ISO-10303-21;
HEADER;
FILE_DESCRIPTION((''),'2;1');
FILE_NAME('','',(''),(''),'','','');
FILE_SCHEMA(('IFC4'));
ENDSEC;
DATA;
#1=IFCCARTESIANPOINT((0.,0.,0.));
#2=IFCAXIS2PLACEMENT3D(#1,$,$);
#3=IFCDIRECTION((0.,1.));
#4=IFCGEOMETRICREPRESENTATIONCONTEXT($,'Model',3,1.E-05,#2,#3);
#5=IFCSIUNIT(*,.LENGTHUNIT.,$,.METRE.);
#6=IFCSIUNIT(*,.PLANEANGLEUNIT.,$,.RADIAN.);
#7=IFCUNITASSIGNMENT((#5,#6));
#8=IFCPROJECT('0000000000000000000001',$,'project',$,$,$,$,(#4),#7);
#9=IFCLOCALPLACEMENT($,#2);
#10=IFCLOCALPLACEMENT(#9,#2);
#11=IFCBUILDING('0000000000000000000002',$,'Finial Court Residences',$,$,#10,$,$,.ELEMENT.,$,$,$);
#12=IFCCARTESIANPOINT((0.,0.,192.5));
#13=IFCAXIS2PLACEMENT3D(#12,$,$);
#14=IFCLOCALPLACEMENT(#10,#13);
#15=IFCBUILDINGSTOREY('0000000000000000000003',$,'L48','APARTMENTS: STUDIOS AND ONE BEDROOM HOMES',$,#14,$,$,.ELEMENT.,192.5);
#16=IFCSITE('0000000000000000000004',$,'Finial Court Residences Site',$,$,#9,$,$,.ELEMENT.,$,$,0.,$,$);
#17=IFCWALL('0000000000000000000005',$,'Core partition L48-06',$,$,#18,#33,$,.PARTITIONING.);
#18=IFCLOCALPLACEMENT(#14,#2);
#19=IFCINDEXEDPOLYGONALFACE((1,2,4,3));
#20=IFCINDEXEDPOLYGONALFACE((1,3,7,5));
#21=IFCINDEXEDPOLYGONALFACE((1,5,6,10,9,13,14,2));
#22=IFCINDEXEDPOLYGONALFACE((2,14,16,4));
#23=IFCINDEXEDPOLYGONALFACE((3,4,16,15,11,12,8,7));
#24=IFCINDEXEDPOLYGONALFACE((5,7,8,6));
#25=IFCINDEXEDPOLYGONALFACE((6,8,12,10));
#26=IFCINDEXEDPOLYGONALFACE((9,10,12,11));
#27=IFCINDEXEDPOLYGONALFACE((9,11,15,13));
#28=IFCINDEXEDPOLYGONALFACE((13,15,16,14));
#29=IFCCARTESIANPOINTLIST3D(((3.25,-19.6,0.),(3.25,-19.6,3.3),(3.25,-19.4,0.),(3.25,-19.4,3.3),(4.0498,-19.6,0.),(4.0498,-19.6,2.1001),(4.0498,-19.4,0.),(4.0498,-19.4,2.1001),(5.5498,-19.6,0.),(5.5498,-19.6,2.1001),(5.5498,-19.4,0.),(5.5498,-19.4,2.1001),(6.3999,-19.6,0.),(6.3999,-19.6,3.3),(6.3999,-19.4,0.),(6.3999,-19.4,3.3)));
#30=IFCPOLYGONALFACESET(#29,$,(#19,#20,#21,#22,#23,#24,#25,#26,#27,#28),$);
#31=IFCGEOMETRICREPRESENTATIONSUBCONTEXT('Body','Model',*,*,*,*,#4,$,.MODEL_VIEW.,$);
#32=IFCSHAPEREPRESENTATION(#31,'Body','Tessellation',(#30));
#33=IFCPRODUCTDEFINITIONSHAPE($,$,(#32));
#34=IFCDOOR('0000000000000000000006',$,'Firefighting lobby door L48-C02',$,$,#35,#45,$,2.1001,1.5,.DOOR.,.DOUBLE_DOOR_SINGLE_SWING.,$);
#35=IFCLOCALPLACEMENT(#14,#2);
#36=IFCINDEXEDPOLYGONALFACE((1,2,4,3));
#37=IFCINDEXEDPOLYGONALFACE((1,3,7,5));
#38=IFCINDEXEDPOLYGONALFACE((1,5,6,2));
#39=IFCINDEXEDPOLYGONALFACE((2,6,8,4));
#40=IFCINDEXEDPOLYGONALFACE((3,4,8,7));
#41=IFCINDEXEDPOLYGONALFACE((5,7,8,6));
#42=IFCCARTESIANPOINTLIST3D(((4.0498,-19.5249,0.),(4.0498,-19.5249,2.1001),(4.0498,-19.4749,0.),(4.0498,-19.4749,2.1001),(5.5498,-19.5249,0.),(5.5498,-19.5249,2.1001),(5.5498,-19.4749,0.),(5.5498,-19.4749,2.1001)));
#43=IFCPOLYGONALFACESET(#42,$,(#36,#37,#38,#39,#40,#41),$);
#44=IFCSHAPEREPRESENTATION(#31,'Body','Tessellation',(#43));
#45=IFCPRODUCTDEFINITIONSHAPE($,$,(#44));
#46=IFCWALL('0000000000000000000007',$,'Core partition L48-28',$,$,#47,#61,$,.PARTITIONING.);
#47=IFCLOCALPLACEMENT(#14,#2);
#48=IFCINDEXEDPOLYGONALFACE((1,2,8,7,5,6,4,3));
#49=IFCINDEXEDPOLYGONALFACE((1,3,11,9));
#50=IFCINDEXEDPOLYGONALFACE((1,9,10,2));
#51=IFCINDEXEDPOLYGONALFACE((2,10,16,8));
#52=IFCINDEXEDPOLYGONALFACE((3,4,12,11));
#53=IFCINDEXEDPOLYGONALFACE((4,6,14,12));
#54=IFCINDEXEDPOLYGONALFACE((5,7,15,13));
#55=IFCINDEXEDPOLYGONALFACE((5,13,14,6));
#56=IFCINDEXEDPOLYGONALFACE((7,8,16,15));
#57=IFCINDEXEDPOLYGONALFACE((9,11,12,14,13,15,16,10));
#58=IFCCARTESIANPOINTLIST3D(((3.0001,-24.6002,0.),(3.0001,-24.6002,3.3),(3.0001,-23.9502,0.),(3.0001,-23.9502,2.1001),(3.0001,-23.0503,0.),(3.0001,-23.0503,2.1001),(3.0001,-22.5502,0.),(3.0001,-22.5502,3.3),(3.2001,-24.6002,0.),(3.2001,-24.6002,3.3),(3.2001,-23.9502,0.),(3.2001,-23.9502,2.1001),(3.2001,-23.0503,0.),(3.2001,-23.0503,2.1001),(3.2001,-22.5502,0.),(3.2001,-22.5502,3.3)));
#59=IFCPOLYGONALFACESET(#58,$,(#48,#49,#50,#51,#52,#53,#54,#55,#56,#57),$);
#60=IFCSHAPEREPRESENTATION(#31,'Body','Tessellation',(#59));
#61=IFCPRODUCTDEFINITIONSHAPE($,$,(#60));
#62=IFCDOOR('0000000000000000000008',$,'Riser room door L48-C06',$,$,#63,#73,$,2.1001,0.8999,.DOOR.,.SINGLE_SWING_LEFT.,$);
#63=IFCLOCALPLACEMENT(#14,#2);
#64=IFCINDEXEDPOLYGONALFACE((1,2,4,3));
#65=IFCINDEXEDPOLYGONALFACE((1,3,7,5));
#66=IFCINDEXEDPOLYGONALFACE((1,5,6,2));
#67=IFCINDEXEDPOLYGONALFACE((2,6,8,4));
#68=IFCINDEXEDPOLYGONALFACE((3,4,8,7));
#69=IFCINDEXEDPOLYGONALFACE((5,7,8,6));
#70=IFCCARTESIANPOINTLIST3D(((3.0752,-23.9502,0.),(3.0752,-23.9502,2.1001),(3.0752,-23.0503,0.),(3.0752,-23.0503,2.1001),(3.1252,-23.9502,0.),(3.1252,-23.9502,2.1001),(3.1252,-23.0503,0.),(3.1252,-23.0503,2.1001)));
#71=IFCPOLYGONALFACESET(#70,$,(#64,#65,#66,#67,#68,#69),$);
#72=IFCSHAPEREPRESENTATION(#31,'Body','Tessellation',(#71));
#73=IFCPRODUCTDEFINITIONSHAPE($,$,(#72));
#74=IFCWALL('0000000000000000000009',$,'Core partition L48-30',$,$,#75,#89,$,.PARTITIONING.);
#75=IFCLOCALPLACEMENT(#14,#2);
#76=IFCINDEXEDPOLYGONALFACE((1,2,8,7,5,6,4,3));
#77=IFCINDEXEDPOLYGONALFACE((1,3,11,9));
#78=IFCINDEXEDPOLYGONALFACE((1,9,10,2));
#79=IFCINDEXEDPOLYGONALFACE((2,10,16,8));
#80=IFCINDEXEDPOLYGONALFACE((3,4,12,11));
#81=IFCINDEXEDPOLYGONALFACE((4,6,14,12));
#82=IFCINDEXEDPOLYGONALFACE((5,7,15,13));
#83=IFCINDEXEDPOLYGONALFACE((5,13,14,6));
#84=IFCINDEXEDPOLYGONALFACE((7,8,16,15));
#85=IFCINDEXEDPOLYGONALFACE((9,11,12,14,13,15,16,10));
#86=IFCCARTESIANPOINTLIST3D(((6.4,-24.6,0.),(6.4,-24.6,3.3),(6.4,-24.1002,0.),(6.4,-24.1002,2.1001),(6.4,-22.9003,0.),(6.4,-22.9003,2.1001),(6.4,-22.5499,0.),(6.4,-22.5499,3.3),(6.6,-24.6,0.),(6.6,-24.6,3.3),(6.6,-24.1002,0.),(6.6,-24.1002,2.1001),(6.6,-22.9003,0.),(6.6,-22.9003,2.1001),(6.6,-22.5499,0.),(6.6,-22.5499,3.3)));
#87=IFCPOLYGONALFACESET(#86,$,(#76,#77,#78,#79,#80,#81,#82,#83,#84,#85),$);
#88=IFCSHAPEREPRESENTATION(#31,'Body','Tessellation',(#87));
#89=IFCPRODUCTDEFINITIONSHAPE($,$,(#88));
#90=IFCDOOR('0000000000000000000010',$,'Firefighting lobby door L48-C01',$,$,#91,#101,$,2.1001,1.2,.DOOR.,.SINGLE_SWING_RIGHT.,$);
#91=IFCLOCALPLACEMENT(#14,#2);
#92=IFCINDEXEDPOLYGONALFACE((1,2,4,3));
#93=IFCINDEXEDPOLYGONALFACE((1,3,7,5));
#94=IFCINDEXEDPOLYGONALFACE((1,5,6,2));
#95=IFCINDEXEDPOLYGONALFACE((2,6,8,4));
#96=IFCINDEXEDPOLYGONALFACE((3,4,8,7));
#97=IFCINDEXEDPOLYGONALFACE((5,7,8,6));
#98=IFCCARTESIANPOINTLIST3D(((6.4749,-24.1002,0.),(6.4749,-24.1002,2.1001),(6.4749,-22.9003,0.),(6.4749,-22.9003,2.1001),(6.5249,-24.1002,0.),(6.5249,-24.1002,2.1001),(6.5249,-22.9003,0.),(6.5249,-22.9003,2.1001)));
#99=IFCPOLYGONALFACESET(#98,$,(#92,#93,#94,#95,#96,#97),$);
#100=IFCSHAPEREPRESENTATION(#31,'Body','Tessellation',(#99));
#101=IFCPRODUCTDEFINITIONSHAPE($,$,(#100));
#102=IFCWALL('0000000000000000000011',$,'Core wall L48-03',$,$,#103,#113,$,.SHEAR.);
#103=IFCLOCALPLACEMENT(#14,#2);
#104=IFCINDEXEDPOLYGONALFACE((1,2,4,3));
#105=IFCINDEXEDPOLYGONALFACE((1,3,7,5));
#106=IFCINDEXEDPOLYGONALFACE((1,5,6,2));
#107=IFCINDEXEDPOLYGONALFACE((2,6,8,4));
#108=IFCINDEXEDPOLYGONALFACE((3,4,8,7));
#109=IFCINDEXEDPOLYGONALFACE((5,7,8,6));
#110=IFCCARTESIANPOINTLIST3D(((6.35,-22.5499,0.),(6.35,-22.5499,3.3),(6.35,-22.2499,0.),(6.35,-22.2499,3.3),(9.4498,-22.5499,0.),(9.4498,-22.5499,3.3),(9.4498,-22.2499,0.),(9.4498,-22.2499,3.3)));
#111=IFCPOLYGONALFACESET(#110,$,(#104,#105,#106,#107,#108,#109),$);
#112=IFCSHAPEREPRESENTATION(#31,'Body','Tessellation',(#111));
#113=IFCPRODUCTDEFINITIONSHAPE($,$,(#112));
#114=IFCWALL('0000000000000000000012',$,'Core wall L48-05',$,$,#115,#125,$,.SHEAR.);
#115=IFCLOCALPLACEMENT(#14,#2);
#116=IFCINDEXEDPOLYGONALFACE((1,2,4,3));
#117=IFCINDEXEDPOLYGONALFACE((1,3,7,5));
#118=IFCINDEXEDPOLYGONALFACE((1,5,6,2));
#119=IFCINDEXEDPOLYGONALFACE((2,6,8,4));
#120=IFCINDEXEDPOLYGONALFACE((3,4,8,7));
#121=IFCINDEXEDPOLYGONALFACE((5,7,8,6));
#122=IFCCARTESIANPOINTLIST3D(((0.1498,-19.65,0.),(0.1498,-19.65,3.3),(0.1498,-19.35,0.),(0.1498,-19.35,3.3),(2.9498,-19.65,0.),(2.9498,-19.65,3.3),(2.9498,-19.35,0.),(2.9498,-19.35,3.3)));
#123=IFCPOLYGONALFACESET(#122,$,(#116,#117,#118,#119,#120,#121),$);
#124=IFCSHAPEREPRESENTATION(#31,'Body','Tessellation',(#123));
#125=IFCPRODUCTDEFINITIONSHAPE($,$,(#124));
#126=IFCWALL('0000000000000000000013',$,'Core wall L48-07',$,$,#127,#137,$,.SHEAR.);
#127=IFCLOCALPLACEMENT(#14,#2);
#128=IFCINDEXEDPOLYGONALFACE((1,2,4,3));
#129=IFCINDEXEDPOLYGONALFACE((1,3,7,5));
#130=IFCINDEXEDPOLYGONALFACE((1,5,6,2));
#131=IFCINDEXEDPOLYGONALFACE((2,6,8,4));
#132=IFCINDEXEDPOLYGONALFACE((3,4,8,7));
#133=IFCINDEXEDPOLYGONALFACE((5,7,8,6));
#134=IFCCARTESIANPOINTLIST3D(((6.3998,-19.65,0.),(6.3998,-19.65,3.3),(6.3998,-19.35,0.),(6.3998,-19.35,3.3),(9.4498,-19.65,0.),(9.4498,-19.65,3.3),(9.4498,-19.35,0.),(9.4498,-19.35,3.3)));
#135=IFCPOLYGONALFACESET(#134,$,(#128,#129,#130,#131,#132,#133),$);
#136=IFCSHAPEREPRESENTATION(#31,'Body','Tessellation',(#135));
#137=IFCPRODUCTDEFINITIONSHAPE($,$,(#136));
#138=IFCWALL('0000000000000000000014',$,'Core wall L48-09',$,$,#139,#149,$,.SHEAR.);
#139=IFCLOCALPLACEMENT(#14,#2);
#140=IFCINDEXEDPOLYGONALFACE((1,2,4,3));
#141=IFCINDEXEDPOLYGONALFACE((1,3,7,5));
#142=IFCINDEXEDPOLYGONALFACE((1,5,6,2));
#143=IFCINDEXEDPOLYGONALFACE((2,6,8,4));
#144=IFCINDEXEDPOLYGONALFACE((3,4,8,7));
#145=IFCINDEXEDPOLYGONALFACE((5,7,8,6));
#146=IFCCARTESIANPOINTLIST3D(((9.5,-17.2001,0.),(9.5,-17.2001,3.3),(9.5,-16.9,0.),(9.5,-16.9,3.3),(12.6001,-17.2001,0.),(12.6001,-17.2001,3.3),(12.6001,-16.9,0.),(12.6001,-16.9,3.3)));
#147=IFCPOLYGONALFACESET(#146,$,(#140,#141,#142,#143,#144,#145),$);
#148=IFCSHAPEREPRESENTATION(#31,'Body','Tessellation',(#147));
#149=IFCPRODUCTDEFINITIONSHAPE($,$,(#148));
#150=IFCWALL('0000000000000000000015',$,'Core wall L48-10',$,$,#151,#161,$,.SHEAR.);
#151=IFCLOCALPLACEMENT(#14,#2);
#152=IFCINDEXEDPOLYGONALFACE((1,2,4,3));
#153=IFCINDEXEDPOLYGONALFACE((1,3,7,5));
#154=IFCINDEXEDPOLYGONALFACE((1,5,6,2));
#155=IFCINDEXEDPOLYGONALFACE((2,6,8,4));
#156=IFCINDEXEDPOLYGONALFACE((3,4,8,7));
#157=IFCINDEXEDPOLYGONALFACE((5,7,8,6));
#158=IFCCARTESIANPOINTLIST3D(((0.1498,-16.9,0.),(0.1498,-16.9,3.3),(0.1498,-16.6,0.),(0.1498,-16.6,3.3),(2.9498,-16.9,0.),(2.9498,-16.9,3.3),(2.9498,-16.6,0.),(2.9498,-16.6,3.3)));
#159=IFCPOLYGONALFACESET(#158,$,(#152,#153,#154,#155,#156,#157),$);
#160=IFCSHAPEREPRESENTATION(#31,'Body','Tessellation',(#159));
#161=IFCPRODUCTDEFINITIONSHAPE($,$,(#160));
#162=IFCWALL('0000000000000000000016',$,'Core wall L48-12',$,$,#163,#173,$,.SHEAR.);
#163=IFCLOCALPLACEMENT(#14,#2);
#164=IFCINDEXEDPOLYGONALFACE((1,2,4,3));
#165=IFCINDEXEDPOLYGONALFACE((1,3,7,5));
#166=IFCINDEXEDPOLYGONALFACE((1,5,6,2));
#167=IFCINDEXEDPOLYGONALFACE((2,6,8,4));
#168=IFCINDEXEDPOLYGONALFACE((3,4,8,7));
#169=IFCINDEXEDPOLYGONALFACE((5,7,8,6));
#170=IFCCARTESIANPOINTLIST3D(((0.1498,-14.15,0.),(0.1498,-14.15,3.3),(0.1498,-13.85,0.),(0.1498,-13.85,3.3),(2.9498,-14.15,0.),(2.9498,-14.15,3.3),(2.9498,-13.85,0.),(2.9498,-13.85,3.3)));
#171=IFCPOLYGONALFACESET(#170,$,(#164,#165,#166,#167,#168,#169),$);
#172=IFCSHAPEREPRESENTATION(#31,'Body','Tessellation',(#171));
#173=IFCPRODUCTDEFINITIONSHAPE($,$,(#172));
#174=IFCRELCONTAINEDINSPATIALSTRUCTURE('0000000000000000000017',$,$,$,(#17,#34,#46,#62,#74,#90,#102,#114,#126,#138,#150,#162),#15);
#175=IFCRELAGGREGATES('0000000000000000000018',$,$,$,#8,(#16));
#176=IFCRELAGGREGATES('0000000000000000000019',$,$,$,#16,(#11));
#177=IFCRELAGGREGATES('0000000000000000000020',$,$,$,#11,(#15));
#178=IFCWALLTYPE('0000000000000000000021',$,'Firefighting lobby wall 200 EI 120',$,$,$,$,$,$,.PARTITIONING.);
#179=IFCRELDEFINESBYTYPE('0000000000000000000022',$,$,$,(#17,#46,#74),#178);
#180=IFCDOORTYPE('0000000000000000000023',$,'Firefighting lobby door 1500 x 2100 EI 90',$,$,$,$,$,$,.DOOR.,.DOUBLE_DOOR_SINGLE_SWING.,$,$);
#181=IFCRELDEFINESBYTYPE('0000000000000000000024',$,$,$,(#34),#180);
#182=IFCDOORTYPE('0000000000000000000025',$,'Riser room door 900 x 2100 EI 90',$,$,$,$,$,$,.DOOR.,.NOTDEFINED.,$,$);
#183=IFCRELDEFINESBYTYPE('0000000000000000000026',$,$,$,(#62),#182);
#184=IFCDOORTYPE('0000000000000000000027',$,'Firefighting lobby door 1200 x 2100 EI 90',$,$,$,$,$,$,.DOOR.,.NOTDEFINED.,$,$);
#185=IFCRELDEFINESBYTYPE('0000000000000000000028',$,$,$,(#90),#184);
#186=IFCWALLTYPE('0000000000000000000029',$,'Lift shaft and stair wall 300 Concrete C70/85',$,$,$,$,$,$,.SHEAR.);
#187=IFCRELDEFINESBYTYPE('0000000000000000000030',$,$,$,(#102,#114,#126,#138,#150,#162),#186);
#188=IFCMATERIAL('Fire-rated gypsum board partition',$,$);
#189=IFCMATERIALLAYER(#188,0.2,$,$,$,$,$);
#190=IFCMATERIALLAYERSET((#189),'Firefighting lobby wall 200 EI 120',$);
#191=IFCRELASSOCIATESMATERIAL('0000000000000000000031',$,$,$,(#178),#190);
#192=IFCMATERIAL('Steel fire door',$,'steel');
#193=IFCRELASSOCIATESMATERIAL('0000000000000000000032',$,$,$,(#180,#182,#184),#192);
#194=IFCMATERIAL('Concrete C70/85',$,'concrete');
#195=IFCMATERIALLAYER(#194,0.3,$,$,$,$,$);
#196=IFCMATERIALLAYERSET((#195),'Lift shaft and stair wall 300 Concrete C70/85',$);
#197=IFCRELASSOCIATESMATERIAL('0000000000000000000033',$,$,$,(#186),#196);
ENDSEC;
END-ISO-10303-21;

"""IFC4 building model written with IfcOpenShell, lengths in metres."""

from ifc_helpers import new_model, si_unit, direction, frame, frame_2d, origin, place, context, subcontext, project, spatial, rectangle, extrude, material, layer, layer_set, type_object, element, fill, save


model = new_model("IFC4")

# Units and contexts
model_context = context("Model", 3, precision=1e-05, world=origin(), true_north=direction((0.0, 1.0)))
body_context = subcontext(model_context, "Body", "Model", "MODEL_VIEW")
ifc_project = project(units=[si_unit("LENGTHUNIT", "METRE"), si_unit("PLANEANGLEUNIT", "RADIAN")], contexts=[model_context])

# Site, building, storey
site_placement = place(None, origin())
site = spatial("IfcSite", under=ifc_project, at=site_placement, Name="Finial Court Residences Site", CompositionType="ELEMENT", RefElevation=0.0)
building_placement = place(site_placement, origin())
building = spatial("IfcBuilding", under=site, at=building_placement, Name="Finial Court Residences", CompositionType="ELEMENT")
storey_placement = place(building_placement, frame((0.0, 0.0, 192.5)))
storey = spatial("IfcBuildingStorey", under=building, at=storey_placement, Name="L48", Description="APARTMENTS: STUDIOS AND ONE BEDROOM HOMES", CompositionType="ELEMENT", Elevation=192.5)

# Walls, openings, doors
ifc_material_1 = material(Name="Fire-rated gypsum board partition")
ifc_layer_1 = layer(ifc_material_1, 0.2)
ifc_layer_set_1 = layer_set([ifc_layer_1], Name="Firefighting lobby wall 200 EI 120")
wall_type_1 = type_object("IfcWallType", Name="Firefighting lobby wall 200 EI 120", PredefinedType="PARTITIONING", material=ifc_layer_set_1)
wall_1_placement = place(storey_placement, frame((6.3999, -19.5, 0.0), z_axis=(0.0, 0.0, 1.0), x_axis=(-1.0, 0.0, 0.0)))
wall_1 = element("IfcWall", 1, at=wall_1_placement, inside=storey, type_object=wall_type_1, Name="Core partition L48-06", PredefinedType="PARTITIONING", context=body_context, shape_type="SweptSolid", body=[
    extrude(rectangle(XDim=3.1499, YDim=0.2, at=frame_2d((1.575, 0.0))), origin(), (0.0, 0.0, 1.0), 3.3),
])
opening_1_placement = place(wall_1_placement, frame((0.8501, 0.0, 0.0)))
opening_1 = element("IfcOpeningElement", 2, at=opening_1_placement, cuts=wall_1, PredefinedType="OPENING", context=body_context, shape_type="SweptSolid", body=[
    extrude(rectangle(XDim=1.5, YDim=2.1001, at=frame_2d((0.75, 1.05))), frame((0.0, 0.1099, 0.0), z_axis=(0.0, -1.0, 0.0), x_axis=(1.0, 0.0, 0.0)), (0.0, 0.0, 1.0), 0.22),
])
ifc_material_2 = material(Name="Steel fire door", Category="steel")
door_type_1 = type_object("IfcDoorType", Name="Firefighting lobby door 1500 x 2100 EI 90", OperationType="DOUBLE_DOOR_SINGLE_SWING", PredefinedType="DOOR", material=ifc_material_2)
door_1_placement = place(opening_1_placement, origin())
door_1 = element("IfcDoor", 3, at=door_1_placement, inside=storey, type_object=door_type_1, Name="Firefighting lobby door L48-C02", OperationType="DOUBLE_DOOR_SINGLE_SWING", OverallHeight=2.1001, OverallWidth=1.5, PredefinedType="DOOR", context=body_context, shape_type="SweptSolid", body=[
    extrude(rectangle(XDim=1.5, YDim=2.1001, at=frame_2d((0.75, 1.05))), frame((0.0, 0.0249, 0.0), z_axis=(0.0, -1.0, 0.0), x_axis=(1.0, 0.0, 0.0)), (0.0, 0.0, 1.0), 0.05),
])
fill(opening_1, door_1)
wall_2_placement = place(storey_placement, frame((3.1001, -24.6001, 0.0), z_axis=(0.0, 0.0, 1.0), x_axis=(0.0, 1.0, 0.0)))
wall_2 = element("IfcWall", 4, at=wall_2_placement, inside=storey, type_object=wall_type_1, Name="Core partition L48-28", PredefinedType="PARTITIONING", context=body_context, shape_type="SweptSolid", body=[
    extrude(rectangle(XDim=2.05, YDim=0.2, at=frame_2d((1.0249, 0.0))), origin(), (0.0, 0.0, 1.0), 3.3),
])
opening_2_placement = place(wall_2_placement, frame((0.6499, 0.0, 0.0)))
opening_2 = element("IfcOpeningElement", 5, at=opening_2_placement, cuts=wall_2, PredefinedType="OPENING", context=body_context, shape_type="SweptSolid", body=[
    extrude(rectangle(XDim=0.8999, YDim=2.1001, at=frame_2d((0.45, 1.05))), frame((0.0, 0.1099, 0.0), z_axis=(0.0, -1.0, 0.0), x_axis=(1.0, 0.0, 0.0)), (0.0, 0.0, 1.0), 0.22),
])
door_type_2 = type_object("IfcDoorType", Name="Riser room door 900 x 2100 EI 90", OperationType="NOTDEFINED", PredefinedType="DOOR", material=ifc_material_2)
door_2_placement = place(opening_2_placement, origin())
door_2 = element("IfcDoor", 6, at=door_2_placement, inside=storey, type_object=door_type_2, Name="Riser room door L48-C06", OperationType="SINGLE_SWING_LEFT", OverallHeight=2.1001, OverallWidth=0.8999, PredefinedType="DOOR", context=body_context, shape_type="SweptSolid", body=[
    extrude(rectangle(XDim=0.8999, YDim=2.1001, at=frame_2d((0.45, 1.05))), frame((0.0, 0.0249, 0.0), z_axis=(0.0, -1.0, 0.0), x_axis=(1.0, 0.0, 0.0)), (0.0, 0.0, 1.0), 0.05),
])
fill(opening_2, door_2)
wall_3_placement = place(storey_placement, frame((6.5, -22.55, 0.0), z_axis=(0.0, 0.0, 1.0), x_axis=(0.0, -1.0, 0.0)))
wall_3 = element("IfcWall", 7, at=wall_3_placement, inside=storey, type_object=wall_type_1, Name="Core partition L48-30", PredefinedType="PARTITIONING", context=body_context, shape_type="SweptSolid", body=[
    extrude(rectangle(XDim=2.05, YDim=0.2, at=frame_2d((1.0249, 0.0))), origin(), (0.0, 0.0, 1.0), 3.3),
])
opening_3_placement = place(wall_3_placement, frame((0.3501, 0.0, 0.0)))
opening_3 = element("IfcOpeningElement", 8, at=opening_3_placement, cuts=wall_3, PredefinedType="OPENING", context=body_context, shape_type="SweptSolid", body=[
    extrude(rectangle(XDim=1.2, YDim=2.1001, at=frame_2d((0.6001, 1.05))), frame((0.0, 0.1099, 0.0), z_axis=(0.0, -1.0, 0.0), x_axis=(1.0, 0.0, 0.0)), (0.0, 0.0, 1.0), 0.22),
])
door_type_3 = type_object("IfcDoorType", Name="Firefighting lobby door 1200 x 2100 EI 90", OperationType="NOTDEFINED", PredefinedType="DOOR", material=ifc_material_2)
door_3_placement = place(opening_3_placement, origin())
door_3 = element("IfcDoor", 9, at=door_3_placement, inside=storey, type_object=door_type_3, Name="Firefighting lobby door L48-C01", OperationType="SINGLE_SWING_RIGHT", OverallHeight=2.1001, OverallWidth=1.2, PredefinedType="DOOR", context=body_context, shape_type="SweptSolid", body=[
    extrude(rectangle(XDim=1.2, YDim=2.1001, at=frame_2d((0.6001, 1.05))), frame((0.0, 0.0249, 0.0), z_axis=(0.0, -1.0, 0.0), x_axis=(1.0, 0.0, 0.0)), (0.0, 0.0, 1.0), 0.05),
])
fill(opening_3, door_3)

# Walls
ifc_material_3 = material(Name="Concrete C70/85", Category="concrete")
ifc_layer_2 = layer(ifc_material_3, 0.3)
ifc_layer_set_2 = layer_set([ifc_layer_2], Name="Lift shaft and stair wall 300 Concrete C70/85")
wall_type_2 = type_object("IfcWallType", Name="Lift shaft and stair wall 300 Concrete C70/85", PredefinedType="SHEAR", material=ifc_layer_set_2)
wall_4_placement = place(storey_placement, frame((6.3501, -22.3999, 0.0), z_axis=(0.0, 0.0, 1.0), x_axis=(1.0, 0.0, 0.0)))
element("IfcWall", 10, at=wall_4_placement, inside=storey, type_object=wall_type_2, Name="Core wall L48-03", PredefinedType="SHEAR", context=body_context, shape_type="SweptSolid", body=[
    extrude(rectangle(XDim=3.0999, YDim=0.3, at=frame_2d((1.5498, 0.0))), origin(), (0.0, 0.0, 1.0), 3.3),
])
wall_5_placement = place(storey_placement, frame((0.1499, -19.5, 0.0), z_axis=(0.0, 0.0, 1.0), x_axis=(1.0, 0.0, 0.0)))
element("IfcWall", 11, at=wall_5_placement, inside=storey, type_object=wall_type_2, Name="Core wall L48-05", PredefinedType="SHEAR", context=body_context, shape_type="SweptSolid", body=[
    extrude(rectangle(XDim=2.8, YDim=0.3, at=frame_2d((1.3999, 0.0))), origin(), (0.0, 0.0, 1.0), 3.3),
])
wall_6_placement = place(storey_placement, frame((6.3999, -19.5, 0.0), z_axis=(0.0, 0.0, 1.0), x_axis=(1.0, 0.0, 0.0)))
element("IfcWall", 12, at=wall_6_placement, inside=storey, type_object=wall_type_2, Name="Core wall L48-07", PredefinedType="SHEAR", context=body_context, shape_type="SweptSolid", body=[
    extrude(rectangle(XDim=3.05, YDim=0.3, at=frame_2d((1.5249, 0.0))), origin(), (0.0, 0.0, 1.0), 3.3),
])
wall_7_placement = place(storey_placement, frame((9.5, -17.05, 0.0), z_axis=(0.0, 0.0, 1.0), x_axis=(1.0, 0.0, 0.0)))
element("IfcWall", 13, at=wall_7_placement, inside=storey, type_object=wall_type_2, Name="Core wall L48-09", PredefinedType="SHEAR", context=body_context, shape_type="SweptSolid", body=[
    extrude(rectangle(XDim=3.1001, YDim=0.3, at=frame_2d((1.55, 0.0))), origin(), (0.0, 0.0, 1.0), 3.3),
])
for number, where, z_axis, x_axis, name in (
    (14, (0.1499, -16.75, 0.0), (0.0, 0.0, 1.0), (1.0, 0.0, 0.0), "Core wall L48-10"),
    (15, (0.1499, -14.0, 0.0), (0.0, 0.0, 1.0), (1.0, 0.0, 0.0), "Core wall L48-12"),
):
    element("IfcWall", number, at=place(storey_placement, frame(where, z_axis=z_axis, x_axis=x_axis)), inside=storey, type_object=wall_type_2, Name=name, PredefinedType="SHEAR", context=body_context, shape_type="SweptSolid", body=[
        extrude(rectangle(XDim=2.8, YDim=0.3, at=frame_2d((1.3999, 0.0))), origin(), (0.0, 0.0, 1.0), 3.3),
    ])

save(model, "model.ifc")
